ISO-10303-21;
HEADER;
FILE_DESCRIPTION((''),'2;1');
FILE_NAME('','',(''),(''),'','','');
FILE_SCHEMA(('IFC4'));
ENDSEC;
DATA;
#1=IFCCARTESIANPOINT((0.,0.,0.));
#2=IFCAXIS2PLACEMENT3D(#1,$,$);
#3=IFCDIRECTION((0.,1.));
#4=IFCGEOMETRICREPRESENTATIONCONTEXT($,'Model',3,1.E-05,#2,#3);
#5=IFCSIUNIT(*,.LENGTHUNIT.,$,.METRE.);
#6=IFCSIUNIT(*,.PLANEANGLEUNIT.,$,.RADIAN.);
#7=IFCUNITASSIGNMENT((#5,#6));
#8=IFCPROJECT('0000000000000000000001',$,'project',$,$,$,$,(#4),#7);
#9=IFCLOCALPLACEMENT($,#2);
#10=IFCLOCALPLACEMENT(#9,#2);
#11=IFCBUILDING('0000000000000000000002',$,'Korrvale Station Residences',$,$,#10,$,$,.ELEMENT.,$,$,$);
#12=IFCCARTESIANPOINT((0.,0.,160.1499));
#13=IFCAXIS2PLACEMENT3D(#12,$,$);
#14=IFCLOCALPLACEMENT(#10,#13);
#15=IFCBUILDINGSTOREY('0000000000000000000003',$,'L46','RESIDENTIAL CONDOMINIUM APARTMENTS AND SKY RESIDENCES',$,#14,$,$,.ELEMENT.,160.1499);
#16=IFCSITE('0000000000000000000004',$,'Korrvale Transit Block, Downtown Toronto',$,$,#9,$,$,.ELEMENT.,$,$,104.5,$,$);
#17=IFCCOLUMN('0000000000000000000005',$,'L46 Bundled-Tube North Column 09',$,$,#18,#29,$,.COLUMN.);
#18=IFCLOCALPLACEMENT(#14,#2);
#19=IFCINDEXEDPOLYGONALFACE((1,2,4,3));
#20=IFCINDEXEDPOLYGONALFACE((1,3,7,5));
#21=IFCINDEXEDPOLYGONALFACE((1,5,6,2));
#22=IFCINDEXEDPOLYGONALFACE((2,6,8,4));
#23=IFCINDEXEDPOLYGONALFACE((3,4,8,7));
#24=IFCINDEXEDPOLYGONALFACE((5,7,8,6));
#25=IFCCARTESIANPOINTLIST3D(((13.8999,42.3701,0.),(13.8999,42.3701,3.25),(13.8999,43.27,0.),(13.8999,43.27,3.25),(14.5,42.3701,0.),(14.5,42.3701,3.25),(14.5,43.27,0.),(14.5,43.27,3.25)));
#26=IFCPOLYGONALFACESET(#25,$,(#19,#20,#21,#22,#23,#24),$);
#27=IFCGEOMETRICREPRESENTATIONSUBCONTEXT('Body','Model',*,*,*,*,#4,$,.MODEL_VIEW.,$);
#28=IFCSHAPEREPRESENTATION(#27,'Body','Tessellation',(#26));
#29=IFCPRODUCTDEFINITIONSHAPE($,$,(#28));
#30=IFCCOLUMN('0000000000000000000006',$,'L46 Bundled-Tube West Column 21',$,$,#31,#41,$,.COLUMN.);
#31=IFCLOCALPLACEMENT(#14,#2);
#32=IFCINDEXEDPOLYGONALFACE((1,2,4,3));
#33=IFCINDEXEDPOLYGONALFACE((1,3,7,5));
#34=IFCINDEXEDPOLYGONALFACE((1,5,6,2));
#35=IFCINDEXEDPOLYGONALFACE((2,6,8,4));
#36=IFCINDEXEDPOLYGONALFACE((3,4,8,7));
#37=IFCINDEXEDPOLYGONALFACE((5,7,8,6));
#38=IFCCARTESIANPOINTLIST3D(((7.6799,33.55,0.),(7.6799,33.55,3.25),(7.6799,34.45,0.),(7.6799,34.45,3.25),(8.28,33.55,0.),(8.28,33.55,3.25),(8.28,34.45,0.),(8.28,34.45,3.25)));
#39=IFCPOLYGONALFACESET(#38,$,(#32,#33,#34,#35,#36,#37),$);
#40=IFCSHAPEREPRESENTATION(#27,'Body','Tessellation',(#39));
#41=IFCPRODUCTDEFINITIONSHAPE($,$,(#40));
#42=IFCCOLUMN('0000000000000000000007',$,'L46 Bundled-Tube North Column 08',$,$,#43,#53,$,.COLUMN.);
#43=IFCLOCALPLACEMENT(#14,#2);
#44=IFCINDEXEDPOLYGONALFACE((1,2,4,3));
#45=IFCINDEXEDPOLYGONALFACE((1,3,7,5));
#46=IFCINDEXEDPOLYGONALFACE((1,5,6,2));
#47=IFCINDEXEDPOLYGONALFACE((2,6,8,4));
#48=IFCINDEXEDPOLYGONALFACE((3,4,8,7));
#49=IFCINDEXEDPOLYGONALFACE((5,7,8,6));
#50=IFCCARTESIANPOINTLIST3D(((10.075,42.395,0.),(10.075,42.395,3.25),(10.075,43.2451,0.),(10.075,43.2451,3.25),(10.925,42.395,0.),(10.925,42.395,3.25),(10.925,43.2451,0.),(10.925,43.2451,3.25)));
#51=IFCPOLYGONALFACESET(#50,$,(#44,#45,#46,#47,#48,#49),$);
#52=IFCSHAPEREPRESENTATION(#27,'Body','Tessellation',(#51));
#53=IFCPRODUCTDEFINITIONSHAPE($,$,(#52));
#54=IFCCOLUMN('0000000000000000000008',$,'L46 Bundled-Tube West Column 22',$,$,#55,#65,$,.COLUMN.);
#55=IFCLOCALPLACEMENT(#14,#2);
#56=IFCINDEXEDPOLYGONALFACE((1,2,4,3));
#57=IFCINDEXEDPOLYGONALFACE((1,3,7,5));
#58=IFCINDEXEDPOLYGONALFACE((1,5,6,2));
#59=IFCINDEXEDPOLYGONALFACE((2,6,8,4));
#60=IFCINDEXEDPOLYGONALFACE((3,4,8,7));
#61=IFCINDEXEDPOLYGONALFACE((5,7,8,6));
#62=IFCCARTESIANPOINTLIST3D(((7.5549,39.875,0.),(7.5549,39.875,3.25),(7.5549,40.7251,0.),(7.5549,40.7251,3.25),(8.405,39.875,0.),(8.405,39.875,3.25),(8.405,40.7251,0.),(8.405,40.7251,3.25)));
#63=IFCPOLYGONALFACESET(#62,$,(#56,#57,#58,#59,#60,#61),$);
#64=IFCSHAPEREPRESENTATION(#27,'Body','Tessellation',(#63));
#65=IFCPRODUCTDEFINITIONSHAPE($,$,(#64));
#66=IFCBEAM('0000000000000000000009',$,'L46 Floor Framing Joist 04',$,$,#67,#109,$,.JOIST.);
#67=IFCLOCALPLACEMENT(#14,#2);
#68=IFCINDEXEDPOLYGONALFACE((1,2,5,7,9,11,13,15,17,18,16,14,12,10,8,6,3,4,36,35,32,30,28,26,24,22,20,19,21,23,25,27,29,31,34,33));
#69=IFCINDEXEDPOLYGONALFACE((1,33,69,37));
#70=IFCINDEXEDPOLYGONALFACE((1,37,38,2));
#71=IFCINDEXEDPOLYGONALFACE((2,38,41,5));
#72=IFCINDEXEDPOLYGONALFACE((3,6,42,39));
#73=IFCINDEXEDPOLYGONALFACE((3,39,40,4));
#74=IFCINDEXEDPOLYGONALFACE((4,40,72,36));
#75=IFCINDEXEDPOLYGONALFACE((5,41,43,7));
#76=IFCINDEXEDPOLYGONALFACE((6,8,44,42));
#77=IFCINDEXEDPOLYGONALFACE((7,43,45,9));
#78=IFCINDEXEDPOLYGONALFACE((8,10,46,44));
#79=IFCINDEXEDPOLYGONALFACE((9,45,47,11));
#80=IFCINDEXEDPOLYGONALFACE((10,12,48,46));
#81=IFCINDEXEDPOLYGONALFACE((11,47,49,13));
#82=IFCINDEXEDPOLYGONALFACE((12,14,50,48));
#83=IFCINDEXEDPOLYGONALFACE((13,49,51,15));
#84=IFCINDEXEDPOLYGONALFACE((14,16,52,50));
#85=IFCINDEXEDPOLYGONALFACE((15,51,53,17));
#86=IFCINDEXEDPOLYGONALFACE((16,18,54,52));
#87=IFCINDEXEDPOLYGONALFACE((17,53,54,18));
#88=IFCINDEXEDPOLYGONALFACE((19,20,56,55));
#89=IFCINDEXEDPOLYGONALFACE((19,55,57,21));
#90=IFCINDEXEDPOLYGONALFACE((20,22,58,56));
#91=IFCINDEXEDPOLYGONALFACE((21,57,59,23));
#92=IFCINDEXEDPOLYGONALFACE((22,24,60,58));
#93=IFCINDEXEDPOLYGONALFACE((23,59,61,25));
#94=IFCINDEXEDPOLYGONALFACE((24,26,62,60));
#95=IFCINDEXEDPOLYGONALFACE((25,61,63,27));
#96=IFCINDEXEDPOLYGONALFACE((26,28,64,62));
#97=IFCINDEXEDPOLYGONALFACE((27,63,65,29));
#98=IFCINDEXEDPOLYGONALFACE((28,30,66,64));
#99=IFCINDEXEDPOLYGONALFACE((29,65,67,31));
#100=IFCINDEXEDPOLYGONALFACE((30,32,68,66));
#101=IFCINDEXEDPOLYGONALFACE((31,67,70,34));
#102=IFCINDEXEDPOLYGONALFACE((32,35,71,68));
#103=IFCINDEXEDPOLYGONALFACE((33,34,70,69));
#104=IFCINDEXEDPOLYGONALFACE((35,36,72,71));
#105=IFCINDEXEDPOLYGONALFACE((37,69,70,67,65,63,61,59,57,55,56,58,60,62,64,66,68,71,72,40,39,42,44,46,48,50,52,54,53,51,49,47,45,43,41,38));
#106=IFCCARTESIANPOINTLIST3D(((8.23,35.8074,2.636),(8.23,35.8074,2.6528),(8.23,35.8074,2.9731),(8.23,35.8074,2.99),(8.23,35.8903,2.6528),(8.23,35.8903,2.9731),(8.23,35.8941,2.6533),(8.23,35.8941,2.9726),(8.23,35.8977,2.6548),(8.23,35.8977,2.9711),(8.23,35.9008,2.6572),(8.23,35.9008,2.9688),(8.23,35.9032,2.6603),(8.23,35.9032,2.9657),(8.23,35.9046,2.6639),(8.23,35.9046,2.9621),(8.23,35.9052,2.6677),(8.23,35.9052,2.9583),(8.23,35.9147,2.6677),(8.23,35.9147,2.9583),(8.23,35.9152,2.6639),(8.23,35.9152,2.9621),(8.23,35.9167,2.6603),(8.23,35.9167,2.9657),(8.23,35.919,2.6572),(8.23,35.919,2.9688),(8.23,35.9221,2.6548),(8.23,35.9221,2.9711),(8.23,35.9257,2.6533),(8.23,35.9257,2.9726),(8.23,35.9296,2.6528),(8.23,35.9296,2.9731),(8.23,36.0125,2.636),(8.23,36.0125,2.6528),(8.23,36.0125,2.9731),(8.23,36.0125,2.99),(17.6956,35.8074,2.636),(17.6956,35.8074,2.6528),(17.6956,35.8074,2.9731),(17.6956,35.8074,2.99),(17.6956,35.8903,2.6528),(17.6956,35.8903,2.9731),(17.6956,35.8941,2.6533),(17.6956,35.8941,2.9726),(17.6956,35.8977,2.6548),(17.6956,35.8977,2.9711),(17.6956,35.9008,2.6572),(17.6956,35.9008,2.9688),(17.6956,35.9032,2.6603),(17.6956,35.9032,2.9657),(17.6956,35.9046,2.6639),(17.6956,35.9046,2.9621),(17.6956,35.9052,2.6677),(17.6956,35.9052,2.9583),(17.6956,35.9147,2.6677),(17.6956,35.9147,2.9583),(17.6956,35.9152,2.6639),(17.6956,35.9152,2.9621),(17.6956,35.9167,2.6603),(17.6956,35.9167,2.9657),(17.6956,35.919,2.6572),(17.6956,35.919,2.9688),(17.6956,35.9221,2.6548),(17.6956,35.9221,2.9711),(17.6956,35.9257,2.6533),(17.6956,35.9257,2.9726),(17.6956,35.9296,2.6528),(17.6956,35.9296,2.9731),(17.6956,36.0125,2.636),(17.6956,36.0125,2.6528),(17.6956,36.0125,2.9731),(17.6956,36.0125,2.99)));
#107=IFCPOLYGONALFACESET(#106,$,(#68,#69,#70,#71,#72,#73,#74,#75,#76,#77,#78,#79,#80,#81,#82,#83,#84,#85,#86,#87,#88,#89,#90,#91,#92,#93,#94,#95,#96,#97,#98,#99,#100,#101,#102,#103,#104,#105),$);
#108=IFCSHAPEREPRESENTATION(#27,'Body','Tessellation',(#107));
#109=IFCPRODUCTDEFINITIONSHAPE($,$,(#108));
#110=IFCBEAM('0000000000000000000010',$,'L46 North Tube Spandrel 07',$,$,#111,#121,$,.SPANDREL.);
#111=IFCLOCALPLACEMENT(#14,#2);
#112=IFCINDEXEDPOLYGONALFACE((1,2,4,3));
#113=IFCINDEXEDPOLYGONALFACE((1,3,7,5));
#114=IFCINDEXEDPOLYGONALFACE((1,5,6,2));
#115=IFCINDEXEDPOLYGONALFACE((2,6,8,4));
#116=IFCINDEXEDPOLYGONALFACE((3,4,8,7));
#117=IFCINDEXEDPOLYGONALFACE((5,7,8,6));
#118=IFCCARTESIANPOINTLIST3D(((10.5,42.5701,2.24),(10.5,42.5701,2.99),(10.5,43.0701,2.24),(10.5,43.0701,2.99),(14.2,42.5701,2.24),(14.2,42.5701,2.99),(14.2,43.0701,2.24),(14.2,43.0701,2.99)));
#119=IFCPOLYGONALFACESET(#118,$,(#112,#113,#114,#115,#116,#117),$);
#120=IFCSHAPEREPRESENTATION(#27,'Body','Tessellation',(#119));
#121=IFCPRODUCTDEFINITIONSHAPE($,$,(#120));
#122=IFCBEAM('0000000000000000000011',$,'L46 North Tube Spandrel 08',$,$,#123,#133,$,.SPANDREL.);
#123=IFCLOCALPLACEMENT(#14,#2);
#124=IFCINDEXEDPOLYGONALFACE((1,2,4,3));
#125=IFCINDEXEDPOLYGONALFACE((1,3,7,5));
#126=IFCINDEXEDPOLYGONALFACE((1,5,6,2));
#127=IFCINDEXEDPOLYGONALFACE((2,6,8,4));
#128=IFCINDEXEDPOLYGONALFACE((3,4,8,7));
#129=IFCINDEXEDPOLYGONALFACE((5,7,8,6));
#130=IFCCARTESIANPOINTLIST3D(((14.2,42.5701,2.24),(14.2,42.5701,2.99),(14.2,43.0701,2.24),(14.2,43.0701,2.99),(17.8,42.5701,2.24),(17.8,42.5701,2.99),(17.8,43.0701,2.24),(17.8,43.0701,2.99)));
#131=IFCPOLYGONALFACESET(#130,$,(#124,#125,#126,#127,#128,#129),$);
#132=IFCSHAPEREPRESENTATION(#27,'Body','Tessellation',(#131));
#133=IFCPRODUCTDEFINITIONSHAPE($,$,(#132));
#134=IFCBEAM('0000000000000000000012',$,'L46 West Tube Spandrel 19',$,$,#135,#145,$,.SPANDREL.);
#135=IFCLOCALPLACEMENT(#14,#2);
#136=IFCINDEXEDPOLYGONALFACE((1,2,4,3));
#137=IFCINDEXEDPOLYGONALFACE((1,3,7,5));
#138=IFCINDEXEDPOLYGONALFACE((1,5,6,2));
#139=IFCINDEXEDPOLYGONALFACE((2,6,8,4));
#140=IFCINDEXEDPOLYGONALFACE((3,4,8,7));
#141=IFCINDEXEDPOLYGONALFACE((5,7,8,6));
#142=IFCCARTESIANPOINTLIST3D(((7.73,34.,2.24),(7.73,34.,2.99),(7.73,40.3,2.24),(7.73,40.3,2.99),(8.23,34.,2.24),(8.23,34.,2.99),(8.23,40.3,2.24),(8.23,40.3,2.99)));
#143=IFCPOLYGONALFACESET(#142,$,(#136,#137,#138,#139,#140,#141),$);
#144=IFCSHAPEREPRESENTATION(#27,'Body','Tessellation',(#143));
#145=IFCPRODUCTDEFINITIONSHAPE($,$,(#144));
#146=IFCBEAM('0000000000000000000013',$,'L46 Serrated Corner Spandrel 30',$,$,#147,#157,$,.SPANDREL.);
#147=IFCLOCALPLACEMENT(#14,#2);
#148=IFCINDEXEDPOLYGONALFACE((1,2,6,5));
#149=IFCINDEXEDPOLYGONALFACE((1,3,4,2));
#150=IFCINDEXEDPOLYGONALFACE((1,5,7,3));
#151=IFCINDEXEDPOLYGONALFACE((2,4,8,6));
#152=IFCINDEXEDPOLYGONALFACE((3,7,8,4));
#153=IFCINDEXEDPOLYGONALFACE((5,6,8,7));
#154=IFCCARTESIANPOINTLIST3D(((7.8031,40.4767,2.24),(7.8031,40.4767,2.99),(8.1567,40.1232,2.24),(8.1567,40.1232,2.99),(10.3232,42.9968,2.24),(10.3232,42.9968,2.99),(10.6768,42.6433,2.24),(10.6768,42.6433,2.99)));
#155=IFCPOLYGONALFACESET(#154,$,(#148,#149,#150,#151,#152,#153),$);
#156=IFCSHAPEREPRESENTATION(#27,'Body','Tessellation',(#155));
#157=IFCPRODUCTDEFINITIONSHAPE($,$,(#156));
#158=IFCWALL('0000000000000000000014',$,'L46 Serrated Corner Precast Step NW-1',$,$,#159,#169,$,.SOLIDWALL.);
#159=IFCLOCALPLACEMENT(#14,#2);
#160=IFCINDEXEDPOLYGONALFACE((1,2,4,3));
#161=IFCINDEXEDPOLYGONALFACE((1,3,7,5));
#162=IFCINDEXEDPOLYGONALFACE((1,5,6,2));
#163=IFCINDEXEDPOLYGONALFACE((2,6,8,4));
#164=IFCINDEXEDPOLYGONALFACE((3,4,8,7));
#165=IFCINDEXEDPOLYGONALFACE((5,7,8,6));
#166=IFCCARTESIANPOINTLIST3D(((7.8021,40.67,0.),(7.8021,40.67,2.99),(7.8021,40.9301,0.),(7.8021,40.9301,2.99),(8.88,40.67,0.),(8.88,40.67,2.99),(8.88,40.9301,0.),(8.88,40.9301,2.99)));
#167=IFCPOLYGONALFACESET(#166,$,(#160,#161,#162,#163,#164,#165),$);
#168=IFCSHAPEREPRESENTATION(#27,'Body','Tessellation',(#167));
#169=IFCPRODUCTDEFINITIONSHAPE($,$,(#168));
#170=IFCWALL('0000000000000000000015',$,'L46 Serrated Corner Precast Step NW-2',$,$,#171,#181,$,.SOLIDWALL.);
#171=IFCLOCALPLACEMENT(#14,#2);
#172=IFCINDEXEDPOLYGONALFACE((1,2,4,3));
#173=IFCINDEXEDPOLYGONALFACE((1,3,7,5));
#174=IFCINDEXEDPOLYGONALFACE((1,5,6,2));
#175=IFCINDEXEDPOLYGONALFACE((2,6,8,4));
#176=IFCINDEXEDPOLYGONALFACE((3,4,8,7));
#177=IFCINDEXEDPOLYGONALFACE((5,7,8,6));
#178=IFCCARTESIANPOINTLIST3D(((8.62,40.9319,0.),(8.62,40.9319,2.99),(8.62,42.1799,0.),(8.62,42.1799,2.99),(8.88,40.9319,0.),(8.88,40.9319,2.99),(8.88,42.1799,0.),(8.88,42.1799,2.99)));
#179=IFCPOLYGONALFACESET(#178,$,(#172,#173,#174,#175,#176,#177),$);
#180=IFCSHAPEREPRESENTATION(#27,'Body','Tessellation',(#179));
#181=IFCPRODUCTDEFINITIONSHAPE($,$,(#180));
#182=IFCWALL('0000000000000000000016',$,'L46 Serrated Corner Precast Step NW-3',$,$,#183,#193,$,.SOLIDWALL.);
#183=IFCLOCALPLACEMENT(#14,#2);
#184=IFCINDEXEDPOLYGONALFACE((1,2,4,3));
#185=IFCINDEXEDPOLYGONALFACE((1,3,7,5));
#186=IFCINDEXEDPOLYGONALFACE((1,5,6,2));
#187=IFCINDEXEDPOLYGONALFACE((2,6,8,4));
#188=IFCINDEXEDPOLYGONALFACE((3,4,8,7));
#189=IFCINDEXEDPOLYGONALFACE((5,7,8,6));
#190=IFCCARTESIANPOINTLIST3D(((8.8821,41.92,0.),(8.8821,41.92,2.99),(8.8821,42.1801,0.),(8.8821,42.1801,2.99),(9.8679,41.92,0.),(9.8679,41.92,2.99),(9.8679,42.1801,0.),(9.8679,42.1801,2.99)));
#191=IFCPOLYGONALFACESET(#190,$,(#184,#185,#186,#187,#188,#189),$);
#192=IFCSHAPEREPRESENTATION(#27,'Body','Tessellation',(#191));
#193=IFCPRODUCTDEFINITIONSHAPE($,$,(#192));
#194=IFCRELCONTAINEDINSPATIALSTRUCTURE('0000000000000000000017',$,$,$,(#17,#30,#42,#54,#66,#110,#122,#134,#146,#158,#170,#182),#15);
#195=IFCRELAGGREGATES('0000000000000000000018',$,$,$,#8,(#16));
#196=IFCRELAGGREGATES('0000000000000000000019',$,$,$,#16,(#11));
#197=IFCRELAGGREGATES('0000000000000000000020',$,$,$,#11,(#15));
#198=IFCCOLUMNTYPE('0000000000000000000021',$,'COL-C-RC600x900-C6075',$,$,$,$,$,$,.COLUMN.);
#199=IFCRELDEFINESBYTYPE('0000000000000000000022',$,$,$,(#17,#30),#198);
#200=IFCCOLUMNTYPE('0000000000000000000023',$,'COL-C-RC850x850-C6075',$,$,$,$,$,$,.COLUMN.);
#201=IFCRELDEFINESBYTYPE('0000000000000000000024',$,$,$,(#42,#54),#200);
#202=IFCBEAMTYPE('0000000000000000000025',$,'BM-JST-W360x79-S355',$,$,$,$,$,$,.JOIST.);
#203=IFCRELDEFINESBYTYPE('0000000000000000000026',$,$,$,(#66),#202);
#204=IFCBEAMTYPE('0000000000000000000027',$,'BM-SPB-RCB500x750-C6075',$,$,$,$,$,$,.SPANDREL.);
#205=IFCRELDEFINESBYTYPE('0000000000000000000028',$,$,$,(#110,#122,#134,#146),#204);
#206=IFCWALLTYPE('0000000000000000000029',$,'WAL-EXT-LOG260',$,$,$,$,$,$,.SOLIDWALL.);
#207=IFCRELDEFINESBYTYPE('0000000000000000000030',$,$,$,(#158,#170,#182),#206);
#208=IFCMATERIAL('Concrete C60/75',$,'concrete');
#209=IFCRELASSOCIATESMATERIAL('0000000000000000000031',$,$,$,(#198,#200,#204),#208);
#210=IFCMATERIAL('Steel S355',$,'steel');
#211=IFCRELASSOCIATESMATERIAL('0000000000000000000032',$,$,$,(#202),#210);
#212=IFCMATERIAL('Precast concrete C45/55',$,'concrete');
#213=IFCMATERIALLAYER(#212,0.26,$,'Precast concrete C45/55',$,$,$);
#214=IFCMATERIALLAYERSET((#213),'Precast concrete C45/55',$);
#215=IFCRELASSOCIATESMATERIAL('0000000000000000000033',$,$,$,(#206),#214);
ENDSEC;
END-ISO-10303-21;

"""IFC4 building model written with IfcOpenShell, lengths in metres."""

from ifc_helpers import new_model, si_unit, direction, frame, frame_2d, origin, origin_2d, place, context, subcontext, project, spatial, rectangle, i_section, extrude, material, layer, layer_set, material_profile, profile_set, type_object, element, save


model = new_model("IFC4")

# Units and contexts
model_context = context("Model", 3, precision=1e-05, world=origin(), true_north=direction((0.0, 1.0)))
body_context = subcontext(model_context, "Body", "Model", "MODEL_VIEW")
ifc_project = project(units=[si_unit("LENGTHUNIT", "METRE"), si_unit("PLANEANGLEUNIT", "RADIAN")], contexts=[model_context])

# Site, building, storey
site_placement = place(None, origin())
site = spatial("IfcSite", under=ifc_project, at=site_placement, Name="Korrvale Transit Block, Downtown Toronto", CompositionType="ELEMENT", RefElevation=104.5)
building_placement = place(site_placement, origin())
building = spatial("IfcBuilding", under=site, at=building_placement, Name="Korrvale Station Residences", CompositionType="ELEMENT")
storey_placement = place(building_placement, frame((0.0, 0.0, 160.1499)))
storey = spatial("IfcBuildingStorey", under=building, at=storey_placement, Name="L46", Description="RESIDENTIAL CONDOMINIUM APARTMENTS AND SKY RESIDENCES", CompositionType="ELEMENT", Elevation=160.1499)

# Columns
ifc_material_1 = material(Name="Concrete C60/75", Category="concrete")
ifc_material_profile_1 = material_profile(ifc_material_1, rectangle(XDim=0.6001, YDim=0.8999, at=origin_2d()), Name="RC600x900")
ifc_profile_set_1 = profile_set([ifc_material_profile_1], Name="Concrete C60/75")
column_type_1 = type_object("IfcColumnType", Name="COL-C-RC600x900-C6075", PredefinedType="COLUMN", material=ifc_profile_set_1)
for number, where, z_axis, x_axis, name in (
    (1, (14.2, 42.8201, 0.0), (0.0, 0.0, 1.0), (1.0, 0.0, 0.0), "L46 Bundled-Tube North Column 09"),
    (2, (7.98, 34.0, 0.0), (0.0, 0.0, 1.0), (1.0, 0.0, 0.0), "L46 Bundled-Tube West Column 21"),
):
    element("IfcColumn", number, at=place(storey_placement, frame(where, z_axis=z_axis, x_axis=x_axis)), inside=storey, type_object=column_type_1, Name=name, PredefinedType="COLUMN", context=body_context, shape_type="SweptSolid", body=[
        extrude(rectangle(XDim=0.6001, YDim=0.8999, at=origin_2d()), origin(), (0.0, 0.0, 1.0), 3.25),
    ])
ifc_material_profile_2 = material_profile(ifc_material_1, rectangle(XDim=0.8501, YDim=0.8501, at=origin_2d()), Name="RC850x850")
ifc_profile_set_2 = profile_set([ifc_material_profile_2], Name="Concrete C60/75")
column_type_2 = type_object("IfcColumnType", Name="COL-C-RC850x850-C6075", PredefinedType="COLUMN", material=ifc_profile_set_2)
for number, where, z_axis, x_axis, name in (
    (3, (10.5, 42.8201, 0.0), (0.0, 0.0, 1.0), (1.0, 0.0, 0.0), "L46 Bundled-Tube North Column 08"),
    (4, (7.98, 40.3, 0.0), (0.0, 0.0, 1.0), (1.0, 0.0, 0.0), "L46 Bundled-Tube West Column 22"),
):
    element("IfcColumn", number, at=place(storey_placement, frame(where, z_axis=z_axis, x_axis=x_axis)), inside=storey, type_object=column_type_2, Name=name, PredefinedType="COLUMN", context=body_context, shape_type="SweptSolid", body=[
        extrude(rectangle(XDim=0.8501, YDim=0.8501, at=origin_2d()), origin(), (0.0, 0.0, 1.0), 3.25),
    ])

# Beams
ifc_material_2 = material(Name="Steel S355", Category="steel")
ifc_material_profile_3 = material_profile(ifc_material_2, i_section(OverallWidth=0.2051, OverallDepth=0.354, WebThickness=0.0095, FlangeThickness=0.0168, FilletRadius=0.0149, at=origin_2d()), Name="W360x79")
ifc_profile_set_3 = profile_set([ifc_material_profile_3], Name="Steel S355")
beam_type_1 = type_object("IfcBeamType", Name="BM-JST-W360x79-S355", PredefinedType="JOIST", material=ifc_profile_set_3)
beam_1_placement = place(storey_placement, frame((8.23, 35.9099, 2.813), z_axis=(1.0, 0.0, 0.0), x_axis=(0.0, 1.0, 0.0)))
element("IfcBeam", 5, at=beam_1_placement, inside=storey, type_object=beam_type_1, Name="L46 Floor Framing Joist 04", PredefinedType="JOIST", context=body_context, shape_type="SweptSolid", body=[
    extrude(i_section(OverallWidth=0.2051, OverallDepth=0.354, WebThickness=0.0095, FlangeThickness=0.0168, FilletRadius=0.0149, at=origin_2d()), origin(), (0.0, 0.0, 1.0), 9.4656),
])
ifc_material_profile_4 = material_profile(ifc_material_1, rectangle(XDim=0.5, YDim=0.75, at=origin_2d()), Name="RCB500x750")
ifc_profile_set_4 = profile_set([ifc_material_profile_4], Name="Concrete C60/75")
beam_type_2 = type_object("IfcBeamType", Name="BM-SPB-RCB500x750-C6075", PredefinedType="SPANDREL", material=ifc_profile_set_4)
beam_2_placement = place(storey_placement, frame((10.5, 42.8201, 2.615), z_axis=(1.0, 0.0, 0.0), x_axis=(0.0, 1.0, 0.0)))
element("IfcBeam", 6, at=beam_2_placement, inside=storey, type_object=beam_type_2, Name="L46 North Tube Spandrel 07", PredefinedType="SPANDREL", context=body_context, shape_type="SweptSolid", body=[
    extrude(rectangle(XDim=0.5, YDim=0.75, at=origin_2d()), origin(), (0.0, 0.0, 1.0), 3.7),
])
beam_3_placement = place(storey_placement, frame((14.2, 42.8201, 2.615), z_axis=(1.0, 0.0, 0.0), x_axis=(0.0, 1.0, 0.0)))
element("IfcBeam", 7, at=beam_3_placement, inside=storey, type_object=beam_type_2, Name="L46 North Tube Spandrel 08", PredefinedType="SPANDREL", context=body_context, shape_type="SweptSolid", body=[
    extrude(rectangle(XDim=0.5, YDim=0.75, at=origin_2d()), origin(), (0.0, 0.0, 1.0), 3.6001),
])
beam_4_placement = place(storey_placement, frame((7.98, 34.0, 2.615), z_axis=(0.0, 1.0, 0.0), x_axis=(-1.0, 0.0, 0.0)))
element("IfcBeam", 8, at=beam_4_placement, inside=storey, type_object=beam_type_2, Name="L46 West Tube Spandrel 19", PredefinedType="SPANDREL", context=body_context, shape_type="SweptSolid", body=[
    extrude(rectangle(XDim=0.5, YDim=0.75, at=origin_2d()), origin(), (0.0, 0.0, 1.0), 6.3),
])
beam_5_placement = place(storey_placement, frame((10.5, 42.8201, 2.615), z_axis=(-0.707107, -0.707107, 0.0), x_axis=(0.707107, -0.707107, 0.0)))
element("IfcBeam", 9, at=beam_5_placement, inside=storey, type_object=beam_type_2, Name="L46 Serrated Corner Spandrel 30", PredefinedType="SPANDREL", context=body_context, shape_type="SweptSolid", body=[
    extrude(rectangle(XDim=0.5, YDim=0.75, at=origin_2d()), origin(), (0.0, 0.0, 1.0), 3.564),
])

# Walls
ifc_material_3 = material(Name="Precast concrete C45/55", Category="concrete")
ifc_layer_1 = layer(ifc_material_3, 0.26, Name="Precast concrete C45/55")
ifc_layer_set_1 = layer_set([ifc_layer_1], Name="Precast concrete C45/55")
wall_type_1 = type_object("IfcWallType", Name="WAL-EXT-LOG260", PredefinedType="SOLIDWALL", material=ifc_layer_set_1)
wall_1_placement = place(storey_placement, frame((7.802, 40.8, 0.0), z_axis=(0.0, 0.0, 1.0), x_axis=(1.0, 0.0, 0.0)))
element("IfcWall", 10, at=wall_1_placement, inside=storey, type_object=wall_type_1, Name="L46 Serrated Corner Precast Step NW-1", PredefinedType="SOLIDWALL", context=body_context, shape_type="SweptSolid", body=[
    extrude(rectangle(XDim=1.0779, YDim=0.26, at=frame_2d((0.5391, 0.0))), origin(), (0.0, 0.0, 1.0), 2.99),
])
wall_2_placement = place(storey_placement, frame((8.75, 40.9319, 0.0), z_axis=(0.0, 0.0, 1.0), x_axis=(0.0, 1.0, 0.0)))
element("IfcWall", 11, at=wall_2_placement, inside=storey, type_object=wall_type_1, Name="L46 Serrated Corner Precast Step NW-2", PredefinedType="SOLIDWALL", context=body_context, shape_type="SweptSolid", body=[
    extrude(rectangle(XDim=1.248, YDim=0.26, at=frame_2d((0.624, 0.0))), origin(), (0.0, 0.0, 1.0), 2.99),
])
wall_3_placement = place(storey_placement, frame((8.8821, 42.05, 0.0), z_axis=(0.0, 0.0, 1.0), x_axis=(1.0, 0.0, 0.0)))
element("IfcWall", 12, at=wall_3_placement, inside=storey, type_object=wall_type_1, Name="L46 Serrated Corner Precast Step NW-3", PredefinedType="SOLIDWALL", context=body_context, shape_type="SweptSolid", body=[
    extrude(rectangle(XDim=0.9858, YDim=0.26, at=frame_2d((0.4929, 0.0))), origin(), (0.0, 0.0, 1.0), 2.99),
])

save(model, "model.ifc")
